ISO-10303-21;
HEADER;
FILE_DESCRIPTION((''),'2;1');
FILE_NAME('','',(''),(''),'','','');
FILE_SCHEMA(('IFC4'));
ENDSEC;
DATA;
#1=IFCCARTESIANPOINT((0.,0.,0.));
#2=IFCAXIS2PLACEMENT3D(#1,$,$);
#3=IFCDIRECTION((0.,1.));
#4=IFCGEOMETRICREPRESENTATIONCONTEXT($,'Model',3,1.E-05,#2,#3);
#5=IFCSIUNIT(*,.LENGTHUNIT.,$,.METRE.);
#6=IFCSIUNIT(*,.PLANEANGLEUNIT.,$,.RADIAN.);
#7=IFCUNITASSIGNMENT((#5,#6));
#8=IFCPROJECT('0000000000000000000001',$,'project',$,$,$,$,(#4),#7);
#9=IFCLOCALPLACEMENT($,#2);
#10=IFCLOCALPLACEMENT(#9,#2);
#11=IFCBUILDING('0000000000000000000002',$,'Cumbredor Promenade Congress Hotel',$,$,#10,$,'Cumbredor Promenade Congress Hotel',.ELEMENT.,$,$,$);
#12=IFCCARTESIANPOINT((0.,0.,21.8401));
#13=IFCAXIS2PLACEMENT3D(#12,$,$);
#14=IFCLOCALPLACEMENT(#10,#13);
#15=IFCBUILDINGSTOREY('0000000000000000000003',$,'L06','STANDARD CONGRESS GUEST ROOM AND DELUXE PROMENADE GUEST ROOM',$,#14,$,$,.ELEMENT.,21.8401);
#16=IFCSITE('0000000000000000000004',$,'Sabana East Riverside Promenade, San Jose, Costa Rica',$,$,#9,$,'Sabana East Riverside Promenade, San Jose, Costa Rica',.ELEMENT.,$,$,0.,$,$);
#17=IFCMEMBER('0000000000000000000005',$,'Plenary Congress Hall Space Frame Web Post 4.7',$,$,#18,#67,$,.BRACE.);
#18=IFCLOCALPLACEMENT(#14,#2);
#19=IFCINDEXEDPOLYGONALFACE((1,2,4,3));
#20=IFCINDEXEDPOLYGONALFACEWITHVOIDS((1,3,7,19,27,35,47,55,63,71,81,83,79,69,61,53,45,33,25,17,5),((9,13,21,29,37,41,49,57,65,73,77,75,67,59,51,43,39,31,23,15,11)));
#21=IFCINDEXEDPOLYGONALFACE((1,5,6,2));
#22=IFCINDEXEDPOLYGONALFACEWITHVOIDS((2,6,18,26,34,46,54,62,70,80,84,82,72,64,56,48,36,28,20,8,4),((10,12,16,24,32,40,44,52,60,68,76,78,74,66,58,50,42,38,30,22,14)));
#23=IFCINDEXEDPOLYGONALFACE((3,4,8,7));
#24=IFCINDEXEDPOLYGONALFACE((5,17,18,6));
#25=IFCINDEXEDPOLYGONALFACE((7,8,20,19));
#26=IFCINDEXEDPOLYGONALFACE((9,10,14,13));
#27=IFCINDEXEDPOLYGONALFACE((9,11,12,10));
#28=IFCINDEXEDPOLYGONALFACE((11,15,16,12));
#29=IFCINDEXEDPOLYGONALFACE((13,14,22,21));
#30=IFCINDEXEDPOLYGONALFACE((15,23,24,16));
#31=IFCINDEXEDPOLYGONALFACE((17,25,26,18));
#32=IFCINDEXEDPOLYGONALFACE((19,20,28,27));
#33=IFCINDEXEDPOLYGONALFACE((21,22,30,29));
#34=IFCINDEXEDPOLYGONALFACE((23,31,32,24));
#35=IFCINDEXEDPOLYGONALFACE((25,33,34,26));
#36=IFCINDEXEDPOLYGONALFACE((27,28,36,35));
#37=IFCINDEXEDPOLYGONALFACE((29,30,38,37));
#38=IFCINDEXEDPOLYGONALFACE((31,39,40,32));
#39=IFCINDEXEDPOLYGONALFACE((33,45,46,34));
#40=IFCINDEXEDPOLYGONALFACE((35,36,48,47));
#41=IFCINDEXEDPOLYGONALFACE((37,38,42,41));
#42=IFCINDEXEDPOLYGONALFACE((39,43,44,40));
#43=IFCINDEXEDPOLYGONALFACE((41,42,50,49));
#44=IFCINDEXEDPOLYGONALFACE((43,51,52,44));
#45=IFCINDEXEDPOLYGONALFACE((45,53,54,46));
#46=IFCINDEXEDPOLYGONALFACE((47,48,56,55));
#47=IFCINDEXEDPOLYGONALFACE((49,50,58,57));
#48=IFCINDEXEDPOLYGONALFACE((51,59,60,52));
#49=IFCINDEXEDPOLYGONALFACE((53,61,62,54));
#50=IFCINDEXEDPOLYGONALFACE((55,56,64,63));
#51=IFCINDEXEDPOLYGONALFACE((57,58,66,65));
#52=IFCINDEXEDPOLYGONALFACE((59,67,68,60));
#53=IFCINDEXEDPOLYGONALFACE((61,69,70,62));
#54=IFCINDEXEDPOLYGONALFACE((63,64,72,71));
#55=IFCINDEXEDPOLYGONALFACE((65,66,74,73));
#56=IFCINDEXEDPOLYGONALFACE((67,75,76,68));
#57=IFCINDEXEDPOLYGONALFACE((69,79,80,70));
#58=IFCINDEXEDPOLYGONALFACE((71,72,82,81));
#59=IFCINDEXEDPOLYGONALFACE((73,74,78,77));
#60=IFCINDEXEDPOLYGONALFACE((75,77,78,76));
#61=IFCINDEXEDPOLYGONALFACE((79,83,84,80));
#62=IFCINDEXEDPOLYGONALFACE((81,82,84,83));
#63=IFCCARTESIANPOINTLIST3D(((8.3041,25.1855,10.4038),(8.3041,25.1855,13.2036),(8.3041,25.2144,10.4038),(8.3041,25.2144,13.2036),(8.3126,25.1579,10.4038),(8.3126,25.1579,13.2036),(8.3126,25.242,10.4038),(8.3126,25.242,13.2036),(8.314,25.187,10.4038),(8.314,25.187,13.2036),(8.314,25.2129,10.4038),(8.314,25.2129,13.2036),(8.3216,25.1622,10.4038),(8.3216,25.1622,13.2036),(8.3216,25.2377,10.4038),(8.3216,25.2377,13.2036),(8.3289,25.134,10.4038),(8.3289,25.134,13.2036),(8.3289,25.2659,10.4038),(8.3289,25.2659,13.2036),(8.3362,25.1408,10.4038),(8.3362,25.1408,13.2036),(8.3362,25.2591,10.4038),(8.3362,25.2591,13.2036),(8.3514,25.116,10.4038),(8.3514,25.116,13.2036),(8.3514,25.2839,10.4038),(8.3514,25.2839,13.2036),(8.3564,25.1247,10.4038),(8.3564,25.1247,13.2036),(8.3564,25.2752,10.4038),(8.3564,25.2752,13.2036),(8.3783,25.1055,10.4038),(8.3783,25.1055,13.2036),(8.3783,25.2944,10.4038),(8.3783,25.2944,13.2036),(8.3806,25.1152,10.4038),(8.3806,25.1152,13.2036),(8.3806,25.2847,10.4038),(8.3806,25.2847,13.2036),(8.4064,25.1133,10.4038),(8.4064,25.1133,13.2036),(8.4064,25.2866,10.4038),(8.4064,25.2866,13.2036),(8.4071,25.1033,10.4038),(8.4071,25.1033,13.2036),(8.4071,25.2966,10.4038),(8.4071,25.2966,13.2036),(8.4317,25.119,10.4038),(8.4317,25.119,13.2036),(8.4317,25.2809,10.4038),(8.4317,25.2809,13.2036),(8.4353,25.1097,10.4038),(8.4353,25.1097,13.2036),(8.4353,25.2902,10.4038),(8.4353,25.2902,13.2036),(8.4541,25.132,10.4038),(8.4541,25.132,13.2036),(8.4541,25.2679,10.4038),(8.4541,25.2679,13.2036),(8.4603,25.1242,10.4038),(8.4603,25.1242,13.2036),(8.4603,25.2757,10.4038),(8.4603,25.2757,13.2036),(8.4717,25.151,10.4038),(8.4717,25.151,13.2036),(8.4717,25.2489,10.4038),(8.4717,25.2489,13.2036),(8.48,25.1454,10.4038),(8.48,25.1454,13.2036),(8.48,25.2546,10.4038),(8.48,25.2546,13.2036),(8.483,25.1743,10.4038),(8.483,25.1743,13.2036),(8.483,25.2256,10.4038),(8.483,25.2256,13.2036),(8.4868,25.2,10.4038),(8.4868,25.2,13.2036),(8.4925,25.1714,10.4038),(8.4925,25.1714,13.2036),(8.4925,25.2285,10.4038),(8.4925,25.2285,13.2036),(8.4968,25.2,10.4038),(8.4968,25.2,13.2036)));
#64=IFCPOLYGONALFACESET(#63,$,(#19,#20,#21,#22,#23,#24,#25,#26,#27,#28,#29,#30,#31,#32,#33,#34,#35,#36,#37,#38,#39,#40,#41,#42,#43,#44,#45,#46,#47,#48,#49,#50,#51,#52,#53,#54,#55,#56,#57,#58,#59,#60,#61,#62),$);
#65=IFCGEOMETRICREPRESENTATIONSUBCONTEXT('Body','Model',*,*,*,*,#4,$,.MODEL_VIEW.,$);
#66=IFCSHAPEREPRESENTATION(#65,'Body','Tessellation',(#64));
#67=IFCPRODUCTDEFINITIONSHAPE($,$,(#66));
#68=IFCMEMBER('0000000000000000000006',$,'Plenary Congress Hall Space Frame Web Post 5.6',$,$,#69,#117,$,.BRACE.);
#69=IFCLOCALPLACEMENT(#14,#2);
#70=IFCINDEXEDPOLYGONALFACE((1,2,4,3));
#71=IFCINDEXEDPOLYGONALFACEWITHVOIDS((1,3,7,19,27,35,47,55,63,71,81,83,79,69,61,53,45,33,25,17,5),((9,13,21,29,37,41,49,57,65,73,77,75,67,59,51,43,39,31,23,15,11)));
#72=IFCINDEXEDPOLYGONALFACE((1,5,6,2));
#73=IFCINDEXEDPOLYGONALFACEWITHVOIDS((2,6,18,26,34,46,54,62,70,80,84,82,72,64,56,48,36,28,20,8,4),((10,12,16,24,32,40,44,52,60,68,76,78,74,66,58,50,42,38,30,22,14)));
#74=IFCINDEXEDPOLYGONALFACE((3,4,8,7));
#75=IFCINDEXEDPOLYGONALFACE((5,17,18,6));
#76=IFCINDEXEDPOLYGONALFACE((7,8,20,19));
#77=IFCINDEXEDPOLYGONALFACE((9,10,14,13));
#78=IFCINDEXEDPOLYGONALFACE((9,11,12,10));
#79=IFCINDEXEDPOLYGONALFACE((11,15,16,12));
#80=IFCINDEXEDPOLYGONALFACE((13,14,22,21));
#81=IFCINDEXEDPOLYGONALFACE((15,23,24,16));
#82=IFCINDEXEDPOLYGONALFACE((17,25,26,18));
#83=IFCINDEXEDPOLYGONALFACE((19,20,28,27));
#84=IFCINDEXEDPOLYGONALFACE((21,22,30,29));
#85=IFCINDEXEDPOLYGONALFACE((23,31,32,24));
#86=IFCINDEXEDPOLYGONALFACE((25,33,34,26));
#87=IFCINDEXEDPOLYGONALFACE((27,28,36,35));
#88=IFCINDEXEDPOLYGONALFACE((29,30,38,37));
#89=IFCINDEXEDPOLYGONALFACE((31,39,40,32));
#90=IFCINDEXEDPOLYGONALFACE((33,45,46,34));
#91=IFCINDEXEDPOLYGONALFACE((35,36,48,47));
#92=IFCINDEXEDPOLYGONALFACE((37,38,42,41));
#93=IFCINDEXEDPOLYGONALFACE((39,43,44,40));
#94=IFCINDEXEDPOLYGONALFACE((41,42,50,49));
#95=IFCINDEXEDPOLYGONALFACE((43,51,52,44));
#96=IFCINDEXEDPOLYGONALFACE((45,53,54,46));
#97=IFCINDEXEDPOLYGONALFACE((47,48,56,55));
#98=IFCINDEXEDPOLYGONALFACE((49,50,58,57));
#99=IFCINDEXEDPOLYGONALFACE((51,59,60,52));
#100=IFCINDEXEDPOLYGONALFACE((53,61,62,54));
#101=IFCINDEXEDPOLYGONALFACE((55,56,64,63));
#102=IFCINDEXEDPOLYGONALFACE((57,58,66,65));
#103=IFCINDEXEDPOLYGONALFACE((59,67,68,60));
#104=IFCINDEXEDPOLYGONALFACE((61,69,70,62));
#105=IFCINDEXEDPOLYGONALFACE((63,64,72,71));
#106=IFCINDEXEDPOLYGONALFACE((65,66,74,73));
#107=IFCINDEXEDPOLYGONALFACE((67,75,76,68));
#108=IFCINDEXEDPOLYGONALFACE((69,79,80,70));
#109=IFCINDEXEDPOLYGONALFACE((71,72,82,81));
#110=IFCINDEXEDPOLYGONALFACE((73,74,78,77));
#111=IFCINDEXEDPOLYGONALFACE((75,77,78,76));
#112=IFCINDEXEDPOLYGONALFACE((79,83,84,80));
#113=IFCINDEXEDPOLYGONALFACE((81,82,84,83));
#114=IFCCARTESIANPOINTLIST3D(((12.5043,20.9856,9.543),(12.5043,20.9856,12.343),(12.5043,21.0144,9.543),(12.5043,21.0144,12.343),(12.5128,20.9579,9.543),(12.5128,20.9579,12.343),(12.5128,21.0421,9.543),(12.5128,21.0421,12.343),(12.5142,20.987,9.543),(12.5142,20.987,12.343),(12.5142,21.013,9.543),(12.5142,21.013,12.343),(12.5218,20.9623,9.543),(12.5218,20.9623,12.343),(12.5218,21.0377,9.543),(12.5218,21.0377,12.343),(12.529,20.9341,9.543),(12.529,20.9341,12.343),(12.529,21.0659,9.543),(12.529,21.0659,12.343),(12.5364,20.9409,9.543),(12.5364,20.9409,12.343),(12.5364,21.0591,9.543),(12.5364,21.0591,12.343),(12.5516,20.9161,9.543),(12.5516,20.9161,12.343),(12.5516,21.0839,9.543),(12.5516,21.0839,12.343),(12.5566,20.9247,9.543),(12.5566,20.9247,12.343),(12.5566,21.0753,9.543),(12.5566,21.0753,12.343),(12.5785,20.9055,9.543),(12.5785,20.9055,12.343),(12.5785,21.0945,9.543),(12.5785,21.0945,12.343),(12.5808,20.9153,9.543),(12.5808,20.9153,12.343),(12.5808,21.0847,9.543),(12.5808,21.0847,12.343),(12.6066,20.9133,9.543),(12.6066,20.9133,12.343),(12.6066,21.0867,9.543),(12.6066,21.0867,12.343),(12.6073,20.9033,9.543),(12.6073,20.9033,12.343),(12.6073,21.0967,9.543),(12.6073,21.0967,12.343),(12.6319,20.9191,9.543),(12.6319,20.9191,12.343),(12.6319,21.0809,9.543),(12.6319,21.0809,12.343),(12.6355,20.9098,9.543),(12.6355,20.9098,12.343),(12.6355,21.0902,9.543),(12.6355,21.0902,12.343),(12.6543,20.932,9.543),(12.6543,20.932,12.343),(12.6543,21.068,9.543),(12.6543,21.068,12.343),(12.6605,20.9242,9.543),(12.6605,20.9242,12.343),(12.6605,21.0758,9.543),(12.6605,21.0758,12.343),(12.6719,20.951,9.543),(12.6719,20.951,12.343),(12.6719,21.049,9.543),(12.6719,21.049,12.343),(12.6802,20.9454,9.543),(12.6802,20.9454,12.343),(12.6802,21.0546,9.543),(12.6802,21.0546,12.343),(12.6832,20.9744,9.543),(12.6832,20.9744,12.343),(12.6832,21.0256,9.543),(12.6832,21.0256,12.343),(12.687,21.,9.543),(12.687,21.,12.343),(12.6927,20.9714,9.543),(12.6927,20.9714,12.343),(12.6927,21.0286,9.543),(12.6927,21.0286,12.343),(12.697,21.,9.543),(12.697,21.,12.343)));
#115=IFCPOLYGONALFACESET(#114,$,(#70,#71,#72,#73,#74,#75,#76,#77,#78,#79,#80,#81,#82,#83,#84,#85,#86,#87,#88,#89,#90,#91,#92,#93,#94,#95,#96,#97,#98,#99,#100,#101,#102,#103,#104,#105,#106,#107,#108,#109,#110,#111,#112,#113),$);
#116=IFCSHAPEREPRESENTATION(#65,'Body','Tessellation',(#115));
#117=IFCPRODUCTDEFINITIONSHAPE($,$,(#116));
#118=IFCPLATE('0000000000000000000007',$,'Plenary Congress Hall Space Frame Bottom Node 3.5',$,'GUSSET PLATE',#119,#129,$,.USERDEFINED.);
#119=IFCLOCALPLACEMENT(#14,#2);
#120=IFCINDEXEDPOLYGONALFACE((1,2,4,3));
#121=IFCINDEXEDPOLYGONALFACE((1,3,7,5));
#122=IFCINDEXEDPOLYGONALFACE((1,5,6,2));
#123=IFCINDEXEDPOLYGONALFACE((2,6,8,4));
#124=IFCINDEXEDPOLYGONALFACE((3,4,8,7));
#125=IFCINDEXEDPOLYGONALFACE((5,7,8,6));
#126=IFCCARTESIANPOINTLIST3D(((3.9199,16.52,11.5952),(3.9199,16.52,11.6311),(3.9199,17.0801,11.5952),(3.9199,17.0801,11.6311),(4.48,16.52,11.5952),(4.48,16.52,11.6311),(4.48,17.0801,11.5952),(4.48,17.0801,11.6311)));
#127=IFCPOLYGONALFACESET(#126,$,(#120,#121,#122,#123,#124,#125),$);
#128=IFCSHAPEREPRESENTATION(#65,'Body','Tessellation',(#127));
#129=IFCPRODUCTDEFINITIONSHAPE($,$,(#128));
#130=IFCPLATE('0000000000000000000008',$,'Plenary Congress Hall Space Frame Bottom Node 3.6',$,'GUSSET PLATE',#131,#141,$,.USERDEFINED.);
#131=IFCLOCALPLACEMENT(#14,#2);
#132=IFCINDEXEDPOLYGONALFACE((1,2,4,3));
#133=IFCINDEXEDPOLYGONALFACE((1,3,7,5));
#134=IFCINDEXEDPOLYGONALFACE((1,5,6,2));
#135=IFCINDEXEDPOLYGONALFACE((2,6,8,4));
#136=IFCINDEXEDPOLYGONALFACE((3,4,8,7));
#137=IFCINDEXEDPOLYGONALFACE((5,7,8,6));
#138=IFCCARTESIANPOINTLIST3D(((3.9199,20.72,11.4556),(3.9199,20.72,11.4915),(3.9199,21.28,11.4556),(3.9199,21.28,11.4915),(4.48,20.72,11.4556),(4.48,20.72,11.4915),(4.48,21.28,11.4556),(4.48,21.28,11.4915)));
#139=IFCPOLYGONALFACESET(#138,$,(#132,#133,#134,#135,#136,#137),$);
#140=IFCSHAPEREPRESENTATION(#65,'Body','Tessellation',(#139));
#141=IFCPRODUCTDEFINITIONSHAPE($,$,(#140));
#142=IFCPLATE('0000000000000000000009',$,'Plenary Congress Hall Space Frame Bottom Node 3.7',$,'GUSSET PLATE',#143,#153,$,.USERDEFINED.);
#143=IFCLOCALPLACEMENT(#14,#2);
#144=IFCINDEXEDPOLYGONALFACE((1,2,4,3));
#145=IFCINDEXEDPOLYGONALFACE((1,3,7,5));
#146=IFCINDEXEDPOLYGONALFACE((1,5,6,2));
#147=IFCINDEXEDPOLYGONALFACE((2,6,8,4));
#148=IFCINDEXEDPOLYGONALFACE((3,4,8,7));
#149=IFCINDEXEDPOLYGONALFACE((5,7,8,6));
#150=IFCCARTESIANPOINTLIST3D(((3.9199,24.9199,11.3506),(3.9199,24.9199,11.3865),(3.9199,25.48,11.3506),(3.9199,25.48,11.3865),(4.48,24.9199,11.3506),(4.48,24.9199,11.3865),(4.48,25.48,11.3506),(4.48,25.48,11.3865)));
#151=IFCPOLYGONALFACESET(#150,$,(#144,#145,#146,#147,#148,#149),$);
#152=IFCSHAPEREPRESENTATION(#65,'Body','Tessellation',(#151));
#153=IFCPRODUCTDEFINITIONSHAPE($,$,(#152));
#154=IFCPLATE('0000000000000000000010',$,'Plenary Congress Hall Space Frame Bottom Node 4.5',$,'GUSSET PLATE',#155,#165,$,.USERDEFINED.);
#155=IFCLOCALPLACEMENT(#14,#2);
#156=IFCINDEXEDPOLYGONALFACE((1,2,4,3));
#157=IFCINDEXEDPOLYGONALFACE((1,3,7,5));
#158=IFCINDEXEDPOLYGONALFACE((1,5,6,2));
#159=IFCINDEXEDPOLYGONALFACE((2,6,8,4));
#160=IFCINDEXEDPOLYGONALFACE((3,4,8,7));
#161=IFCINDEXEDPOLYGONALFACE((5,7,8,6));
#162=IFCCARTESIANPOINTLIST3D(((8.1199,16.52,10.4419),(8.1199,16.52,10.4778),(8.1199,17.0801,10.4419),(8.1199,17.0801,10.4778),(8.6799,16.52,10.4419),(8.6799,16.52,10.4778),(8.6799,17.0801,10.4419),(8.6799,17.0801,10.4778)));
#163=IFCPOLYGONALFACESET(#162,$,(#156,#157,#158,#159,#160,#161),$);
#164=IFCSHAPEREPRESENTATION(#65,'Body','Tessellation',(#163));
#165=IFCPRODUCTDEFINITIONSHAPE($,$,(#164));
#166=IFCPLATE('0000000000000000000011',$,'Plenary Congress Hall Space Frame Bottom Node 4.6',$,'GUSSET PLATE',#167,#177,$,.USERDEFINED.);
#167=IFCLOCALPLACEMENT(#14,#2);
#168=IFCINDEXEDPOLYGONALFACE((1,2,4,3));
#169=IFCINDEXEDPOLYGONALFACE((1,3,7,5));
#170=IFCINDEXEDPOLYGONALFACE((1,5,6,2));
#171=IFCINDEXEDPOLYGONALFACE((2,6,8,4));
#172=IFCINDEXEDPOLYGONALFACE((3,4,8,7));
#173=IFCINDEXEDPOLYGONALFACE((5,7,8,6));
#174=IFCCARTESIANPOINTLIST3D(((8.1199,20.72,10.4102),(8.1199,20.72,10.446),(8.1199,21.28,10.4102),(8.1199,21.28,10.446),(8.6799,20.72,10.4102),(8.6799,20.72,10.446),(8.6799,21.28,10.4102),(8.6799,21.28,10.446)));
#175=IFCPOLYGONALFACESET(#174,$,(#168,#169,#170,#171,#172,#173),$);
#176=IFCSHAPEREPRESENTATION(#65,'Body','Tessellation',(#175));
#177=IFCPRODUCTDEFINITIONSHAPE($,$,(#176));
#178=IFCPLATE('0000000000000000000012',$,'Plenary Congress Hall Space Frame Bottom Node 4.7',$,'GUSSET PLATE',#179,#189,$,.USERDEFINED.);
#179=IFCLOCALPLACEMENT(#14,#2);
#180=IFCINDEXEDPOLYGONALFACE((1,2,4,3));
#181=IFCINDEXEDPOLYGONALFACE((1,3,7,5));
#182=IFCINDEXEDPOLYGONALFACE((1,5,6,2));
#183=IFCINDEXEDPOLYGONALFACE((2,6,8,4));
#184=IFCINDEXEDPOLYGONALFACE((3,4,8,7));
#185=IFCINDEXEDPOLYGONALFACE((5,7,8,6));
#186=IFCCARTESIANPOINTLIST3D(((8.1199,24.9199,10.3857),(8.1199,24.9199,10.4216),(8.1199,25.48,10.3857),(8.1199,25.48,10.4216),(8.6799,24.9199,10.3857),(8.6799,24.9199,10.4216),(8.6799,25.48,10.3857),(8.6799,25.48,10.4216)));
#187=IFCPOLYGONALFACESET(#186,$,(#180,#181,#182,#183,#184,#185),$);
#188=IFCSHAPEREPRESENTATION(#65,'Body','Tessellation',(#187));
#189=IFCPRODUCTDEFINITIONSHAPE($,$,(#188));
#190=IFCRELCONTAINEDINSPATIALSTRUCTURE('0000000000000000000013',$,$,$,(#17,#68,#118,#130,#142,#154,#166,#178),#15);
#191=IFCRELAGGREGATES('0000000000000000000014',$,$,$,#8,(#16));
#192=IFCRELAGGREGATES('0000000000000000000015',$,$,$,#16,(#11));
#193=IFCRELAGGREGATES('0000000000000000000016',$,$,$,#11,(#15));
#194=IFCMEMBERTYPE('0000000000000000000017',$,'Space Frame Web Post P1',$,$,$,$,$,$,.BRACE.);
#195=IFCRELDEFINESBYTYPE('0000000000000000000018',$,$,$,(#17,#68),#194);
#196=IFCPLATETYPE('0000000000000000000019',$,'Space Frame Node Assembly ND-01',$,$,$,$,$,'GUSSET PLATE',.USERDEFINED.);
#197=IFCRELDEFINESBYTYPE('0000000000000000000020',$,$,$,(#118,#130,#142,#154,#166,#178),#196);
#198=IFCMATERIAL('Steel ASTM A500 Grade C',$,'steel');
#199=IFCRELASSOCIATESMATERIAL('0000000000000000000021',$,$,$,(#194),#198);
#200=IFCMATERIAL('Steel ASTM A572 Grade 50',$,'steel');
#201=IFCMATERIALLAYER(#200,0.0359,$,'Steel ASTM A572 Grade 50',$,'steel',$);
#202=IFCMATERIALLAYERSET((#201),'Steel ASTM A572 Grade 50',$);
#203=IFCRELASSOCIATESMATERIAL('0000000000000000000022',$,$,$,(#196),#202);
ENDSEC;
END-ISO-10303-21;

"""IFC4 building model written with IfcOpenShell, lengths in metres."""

from ifc_helpers import new_model, si_unit, direction, frame, origin, origin_2d, place, context, subcontext, project, spatial, rectangle, hollow_circle, extrude, material, layer, layer_set, material_profile, profile_set, type_object, element, save


model = new_model("IFC4")

# Units and contexts
model_context = context("Model", 3, precision=1e-05, world=origin(), true_north=direction((0.0, 1.0)))
body_context = subcontext(model_context, "Body", "Model", "MODEL_VIEW")
ifc_project = project(units=[si_unit("LENGTHUNIT", "METRE"), si_unit("PLANEANGLEUNIT", "RADIAN")], contexts=[model_context])

# Site, building, storey
site_placement = place(None, origin())
site = spatial("IfcSite", under=ifc_project, at=site_placement, Name="Sabana East Riverside Promenade, San Jose, Costa Rica", LongName="Sabana East Riverside Promenade, San Jose, Costa Rica", CompositionType="ELEMENT", RefElevation=0.0)
building_placement = place(site_placement, origin())
building = spatial("IfcBuilding", under=site, at=building_placement, Name="Cumbredor Promenade Congress Hotel", LongName="Cumbredor Promenade Congress Hotel", CompositionType="ELEMENT")
storey_placement = place(building_placement, frame((0.0, 0.0, 21.8401)))
storey = spatial("IfcBuildingStorey", under=building, at=storey_placement, Name="L06", Description="STANDARD CONGRESS GUEST ROOM AND DELUXE PROMENADE GUEST ROOM", CompositionType="ELEMENT", Elevation=21.8401)

# Members
ifc_material_1 = material(Name="Steel ASTM A500 Grade C", Category="steel")
ifc_material_profile_1 = material_profile(ifc_material_1, hollow_circle(Radius=0.0969, WallThickness=0.01, at=origin_2d()), Name="CHS 193.7x10")
ifc_profile_set_1 = profile_set([ifc_material_profile_1], Name="Steel ASTM A500 Grade C")
member_type_1 = type_object("IfcMemberType", Name="Space Frame Web Post P1", PredefinedType="BRACE", material=ifc_profile_set_1)
member_1_placement = place(storey_placement, frame((8.3999, 25.2, 10.4038), z_axis=(0.0, 0.0, 1.0), x_axis=(1.0, 0.0, 0.0)))
element("IfcMember", 1, at=member_1_placement, inside=storey, type_object=member_type_1, Name="Plenary Congress Hall Space Frame Web Post 4.7", PredefinedType="BRACE", context=body_context, shape_type="SweptSolid", body=[
    extrude(hollow_circle(Radius=0.0969, WallThickness=0.01, at=origin_2d()), origin(), (0.0, 0.0, 1.0), 2.7998),
])
member_2_placement = place(storey_placement, frame((12.6001, 21.0, 9.543), z_axis=(0.0, 0.0, 1.0), x_axis=(1.0, 0.0, 0.0)))
element("IfcMember", 2, at=member_2_placement, inside=storey, type_object=member_type_1, Name="Plenary Congress Hall Space Frame Web Post 5.6", PredefinedType="BRACE", context=body_context, shape_type="SweptSolid", body=[
    extrude(hollow_circle(Radius=0.0969, WallThickness=0.01, at=origin_2d()), origin(), (0.0, 0.0, 1.0), 2.8),
])

# Plates
ifc_material_2 = material(Name="Steel ASTM A572 Grade 50", Category="steel")
ifc_layer = layer(ifc_material_2, 0.0359, Name="Steel ASTM A572 Grade 50", Category="steel")
ifc_layer_set = layer_set([ifc_layer], Name="Steel ASTM A572 Grade 50")
plate_type = type_object("IfcPlateType", Name="Space Frame Node Assembly ND-01", ElementType="GUSSET PLATE", PredefinedType="USERDEFINED", material=ifc_layer_set)
for number, where, z_axis, x_axis, name in (
    (3, (4.2, 16.8, 11.5952), (0.0, 0.0, 1.0), (1.0, 0.0, 0.0), "Plenary Congress Hall Space Frame Bottom Node 3.5"),
    (4, (4.2, 21.0, 11.4556), (0.0, 0.0, 1.0), (1.0, 0.0, 0.0), "Plenary Congress Hall Space Frame Bottom Node 3.6"),
    (5, (4.2, 25.2, 11.3506), (0.0, 0.0, 1.0), (1.0, 0.0, 0.0), "Plenary Congress Hall Space Frame Bottom Node 3.7"),
    (6, (8.3999, 16.8, 10.4419), (0.0, 0.0, 1.0), (1.0, 0.0, 0.0), "Plenary Congress Hall Space Frame Bottom Node 4.5"),
    (7, (8.3999, 21.0, 10.4102), (0.0, 0.0, 1.0), (1.0, 0.0, 0.0), "Plenary Congress Hall Space Frame Bottom Node 4.6"),
    (8, (8.3999, 25.2, 10.3857), (0.0, 0.0, 1.0), (1.0, 0.0, 0.0), "Plenary Congress Hall Space Frame Bottom Node 4.7"),
):
    element("IfcPlate", number, at=place(storey_placement, frame(where, z_axis=z_axis, x_axis=x_axis)), inside=storey, type_object=plate_type, Name=name, ObjectType="GUSSET PLATE", PredefinedType="USERDEFINED", context=body_context, shape_type="SweptSolid", body=[
        extrude(rectangle(XDim=0.5601, YDim=0.5601, at=origin_2d()), origin(), (0.0, 0.0, 1.0), 0.0359),
    ])

save(model, "model.ifc")
